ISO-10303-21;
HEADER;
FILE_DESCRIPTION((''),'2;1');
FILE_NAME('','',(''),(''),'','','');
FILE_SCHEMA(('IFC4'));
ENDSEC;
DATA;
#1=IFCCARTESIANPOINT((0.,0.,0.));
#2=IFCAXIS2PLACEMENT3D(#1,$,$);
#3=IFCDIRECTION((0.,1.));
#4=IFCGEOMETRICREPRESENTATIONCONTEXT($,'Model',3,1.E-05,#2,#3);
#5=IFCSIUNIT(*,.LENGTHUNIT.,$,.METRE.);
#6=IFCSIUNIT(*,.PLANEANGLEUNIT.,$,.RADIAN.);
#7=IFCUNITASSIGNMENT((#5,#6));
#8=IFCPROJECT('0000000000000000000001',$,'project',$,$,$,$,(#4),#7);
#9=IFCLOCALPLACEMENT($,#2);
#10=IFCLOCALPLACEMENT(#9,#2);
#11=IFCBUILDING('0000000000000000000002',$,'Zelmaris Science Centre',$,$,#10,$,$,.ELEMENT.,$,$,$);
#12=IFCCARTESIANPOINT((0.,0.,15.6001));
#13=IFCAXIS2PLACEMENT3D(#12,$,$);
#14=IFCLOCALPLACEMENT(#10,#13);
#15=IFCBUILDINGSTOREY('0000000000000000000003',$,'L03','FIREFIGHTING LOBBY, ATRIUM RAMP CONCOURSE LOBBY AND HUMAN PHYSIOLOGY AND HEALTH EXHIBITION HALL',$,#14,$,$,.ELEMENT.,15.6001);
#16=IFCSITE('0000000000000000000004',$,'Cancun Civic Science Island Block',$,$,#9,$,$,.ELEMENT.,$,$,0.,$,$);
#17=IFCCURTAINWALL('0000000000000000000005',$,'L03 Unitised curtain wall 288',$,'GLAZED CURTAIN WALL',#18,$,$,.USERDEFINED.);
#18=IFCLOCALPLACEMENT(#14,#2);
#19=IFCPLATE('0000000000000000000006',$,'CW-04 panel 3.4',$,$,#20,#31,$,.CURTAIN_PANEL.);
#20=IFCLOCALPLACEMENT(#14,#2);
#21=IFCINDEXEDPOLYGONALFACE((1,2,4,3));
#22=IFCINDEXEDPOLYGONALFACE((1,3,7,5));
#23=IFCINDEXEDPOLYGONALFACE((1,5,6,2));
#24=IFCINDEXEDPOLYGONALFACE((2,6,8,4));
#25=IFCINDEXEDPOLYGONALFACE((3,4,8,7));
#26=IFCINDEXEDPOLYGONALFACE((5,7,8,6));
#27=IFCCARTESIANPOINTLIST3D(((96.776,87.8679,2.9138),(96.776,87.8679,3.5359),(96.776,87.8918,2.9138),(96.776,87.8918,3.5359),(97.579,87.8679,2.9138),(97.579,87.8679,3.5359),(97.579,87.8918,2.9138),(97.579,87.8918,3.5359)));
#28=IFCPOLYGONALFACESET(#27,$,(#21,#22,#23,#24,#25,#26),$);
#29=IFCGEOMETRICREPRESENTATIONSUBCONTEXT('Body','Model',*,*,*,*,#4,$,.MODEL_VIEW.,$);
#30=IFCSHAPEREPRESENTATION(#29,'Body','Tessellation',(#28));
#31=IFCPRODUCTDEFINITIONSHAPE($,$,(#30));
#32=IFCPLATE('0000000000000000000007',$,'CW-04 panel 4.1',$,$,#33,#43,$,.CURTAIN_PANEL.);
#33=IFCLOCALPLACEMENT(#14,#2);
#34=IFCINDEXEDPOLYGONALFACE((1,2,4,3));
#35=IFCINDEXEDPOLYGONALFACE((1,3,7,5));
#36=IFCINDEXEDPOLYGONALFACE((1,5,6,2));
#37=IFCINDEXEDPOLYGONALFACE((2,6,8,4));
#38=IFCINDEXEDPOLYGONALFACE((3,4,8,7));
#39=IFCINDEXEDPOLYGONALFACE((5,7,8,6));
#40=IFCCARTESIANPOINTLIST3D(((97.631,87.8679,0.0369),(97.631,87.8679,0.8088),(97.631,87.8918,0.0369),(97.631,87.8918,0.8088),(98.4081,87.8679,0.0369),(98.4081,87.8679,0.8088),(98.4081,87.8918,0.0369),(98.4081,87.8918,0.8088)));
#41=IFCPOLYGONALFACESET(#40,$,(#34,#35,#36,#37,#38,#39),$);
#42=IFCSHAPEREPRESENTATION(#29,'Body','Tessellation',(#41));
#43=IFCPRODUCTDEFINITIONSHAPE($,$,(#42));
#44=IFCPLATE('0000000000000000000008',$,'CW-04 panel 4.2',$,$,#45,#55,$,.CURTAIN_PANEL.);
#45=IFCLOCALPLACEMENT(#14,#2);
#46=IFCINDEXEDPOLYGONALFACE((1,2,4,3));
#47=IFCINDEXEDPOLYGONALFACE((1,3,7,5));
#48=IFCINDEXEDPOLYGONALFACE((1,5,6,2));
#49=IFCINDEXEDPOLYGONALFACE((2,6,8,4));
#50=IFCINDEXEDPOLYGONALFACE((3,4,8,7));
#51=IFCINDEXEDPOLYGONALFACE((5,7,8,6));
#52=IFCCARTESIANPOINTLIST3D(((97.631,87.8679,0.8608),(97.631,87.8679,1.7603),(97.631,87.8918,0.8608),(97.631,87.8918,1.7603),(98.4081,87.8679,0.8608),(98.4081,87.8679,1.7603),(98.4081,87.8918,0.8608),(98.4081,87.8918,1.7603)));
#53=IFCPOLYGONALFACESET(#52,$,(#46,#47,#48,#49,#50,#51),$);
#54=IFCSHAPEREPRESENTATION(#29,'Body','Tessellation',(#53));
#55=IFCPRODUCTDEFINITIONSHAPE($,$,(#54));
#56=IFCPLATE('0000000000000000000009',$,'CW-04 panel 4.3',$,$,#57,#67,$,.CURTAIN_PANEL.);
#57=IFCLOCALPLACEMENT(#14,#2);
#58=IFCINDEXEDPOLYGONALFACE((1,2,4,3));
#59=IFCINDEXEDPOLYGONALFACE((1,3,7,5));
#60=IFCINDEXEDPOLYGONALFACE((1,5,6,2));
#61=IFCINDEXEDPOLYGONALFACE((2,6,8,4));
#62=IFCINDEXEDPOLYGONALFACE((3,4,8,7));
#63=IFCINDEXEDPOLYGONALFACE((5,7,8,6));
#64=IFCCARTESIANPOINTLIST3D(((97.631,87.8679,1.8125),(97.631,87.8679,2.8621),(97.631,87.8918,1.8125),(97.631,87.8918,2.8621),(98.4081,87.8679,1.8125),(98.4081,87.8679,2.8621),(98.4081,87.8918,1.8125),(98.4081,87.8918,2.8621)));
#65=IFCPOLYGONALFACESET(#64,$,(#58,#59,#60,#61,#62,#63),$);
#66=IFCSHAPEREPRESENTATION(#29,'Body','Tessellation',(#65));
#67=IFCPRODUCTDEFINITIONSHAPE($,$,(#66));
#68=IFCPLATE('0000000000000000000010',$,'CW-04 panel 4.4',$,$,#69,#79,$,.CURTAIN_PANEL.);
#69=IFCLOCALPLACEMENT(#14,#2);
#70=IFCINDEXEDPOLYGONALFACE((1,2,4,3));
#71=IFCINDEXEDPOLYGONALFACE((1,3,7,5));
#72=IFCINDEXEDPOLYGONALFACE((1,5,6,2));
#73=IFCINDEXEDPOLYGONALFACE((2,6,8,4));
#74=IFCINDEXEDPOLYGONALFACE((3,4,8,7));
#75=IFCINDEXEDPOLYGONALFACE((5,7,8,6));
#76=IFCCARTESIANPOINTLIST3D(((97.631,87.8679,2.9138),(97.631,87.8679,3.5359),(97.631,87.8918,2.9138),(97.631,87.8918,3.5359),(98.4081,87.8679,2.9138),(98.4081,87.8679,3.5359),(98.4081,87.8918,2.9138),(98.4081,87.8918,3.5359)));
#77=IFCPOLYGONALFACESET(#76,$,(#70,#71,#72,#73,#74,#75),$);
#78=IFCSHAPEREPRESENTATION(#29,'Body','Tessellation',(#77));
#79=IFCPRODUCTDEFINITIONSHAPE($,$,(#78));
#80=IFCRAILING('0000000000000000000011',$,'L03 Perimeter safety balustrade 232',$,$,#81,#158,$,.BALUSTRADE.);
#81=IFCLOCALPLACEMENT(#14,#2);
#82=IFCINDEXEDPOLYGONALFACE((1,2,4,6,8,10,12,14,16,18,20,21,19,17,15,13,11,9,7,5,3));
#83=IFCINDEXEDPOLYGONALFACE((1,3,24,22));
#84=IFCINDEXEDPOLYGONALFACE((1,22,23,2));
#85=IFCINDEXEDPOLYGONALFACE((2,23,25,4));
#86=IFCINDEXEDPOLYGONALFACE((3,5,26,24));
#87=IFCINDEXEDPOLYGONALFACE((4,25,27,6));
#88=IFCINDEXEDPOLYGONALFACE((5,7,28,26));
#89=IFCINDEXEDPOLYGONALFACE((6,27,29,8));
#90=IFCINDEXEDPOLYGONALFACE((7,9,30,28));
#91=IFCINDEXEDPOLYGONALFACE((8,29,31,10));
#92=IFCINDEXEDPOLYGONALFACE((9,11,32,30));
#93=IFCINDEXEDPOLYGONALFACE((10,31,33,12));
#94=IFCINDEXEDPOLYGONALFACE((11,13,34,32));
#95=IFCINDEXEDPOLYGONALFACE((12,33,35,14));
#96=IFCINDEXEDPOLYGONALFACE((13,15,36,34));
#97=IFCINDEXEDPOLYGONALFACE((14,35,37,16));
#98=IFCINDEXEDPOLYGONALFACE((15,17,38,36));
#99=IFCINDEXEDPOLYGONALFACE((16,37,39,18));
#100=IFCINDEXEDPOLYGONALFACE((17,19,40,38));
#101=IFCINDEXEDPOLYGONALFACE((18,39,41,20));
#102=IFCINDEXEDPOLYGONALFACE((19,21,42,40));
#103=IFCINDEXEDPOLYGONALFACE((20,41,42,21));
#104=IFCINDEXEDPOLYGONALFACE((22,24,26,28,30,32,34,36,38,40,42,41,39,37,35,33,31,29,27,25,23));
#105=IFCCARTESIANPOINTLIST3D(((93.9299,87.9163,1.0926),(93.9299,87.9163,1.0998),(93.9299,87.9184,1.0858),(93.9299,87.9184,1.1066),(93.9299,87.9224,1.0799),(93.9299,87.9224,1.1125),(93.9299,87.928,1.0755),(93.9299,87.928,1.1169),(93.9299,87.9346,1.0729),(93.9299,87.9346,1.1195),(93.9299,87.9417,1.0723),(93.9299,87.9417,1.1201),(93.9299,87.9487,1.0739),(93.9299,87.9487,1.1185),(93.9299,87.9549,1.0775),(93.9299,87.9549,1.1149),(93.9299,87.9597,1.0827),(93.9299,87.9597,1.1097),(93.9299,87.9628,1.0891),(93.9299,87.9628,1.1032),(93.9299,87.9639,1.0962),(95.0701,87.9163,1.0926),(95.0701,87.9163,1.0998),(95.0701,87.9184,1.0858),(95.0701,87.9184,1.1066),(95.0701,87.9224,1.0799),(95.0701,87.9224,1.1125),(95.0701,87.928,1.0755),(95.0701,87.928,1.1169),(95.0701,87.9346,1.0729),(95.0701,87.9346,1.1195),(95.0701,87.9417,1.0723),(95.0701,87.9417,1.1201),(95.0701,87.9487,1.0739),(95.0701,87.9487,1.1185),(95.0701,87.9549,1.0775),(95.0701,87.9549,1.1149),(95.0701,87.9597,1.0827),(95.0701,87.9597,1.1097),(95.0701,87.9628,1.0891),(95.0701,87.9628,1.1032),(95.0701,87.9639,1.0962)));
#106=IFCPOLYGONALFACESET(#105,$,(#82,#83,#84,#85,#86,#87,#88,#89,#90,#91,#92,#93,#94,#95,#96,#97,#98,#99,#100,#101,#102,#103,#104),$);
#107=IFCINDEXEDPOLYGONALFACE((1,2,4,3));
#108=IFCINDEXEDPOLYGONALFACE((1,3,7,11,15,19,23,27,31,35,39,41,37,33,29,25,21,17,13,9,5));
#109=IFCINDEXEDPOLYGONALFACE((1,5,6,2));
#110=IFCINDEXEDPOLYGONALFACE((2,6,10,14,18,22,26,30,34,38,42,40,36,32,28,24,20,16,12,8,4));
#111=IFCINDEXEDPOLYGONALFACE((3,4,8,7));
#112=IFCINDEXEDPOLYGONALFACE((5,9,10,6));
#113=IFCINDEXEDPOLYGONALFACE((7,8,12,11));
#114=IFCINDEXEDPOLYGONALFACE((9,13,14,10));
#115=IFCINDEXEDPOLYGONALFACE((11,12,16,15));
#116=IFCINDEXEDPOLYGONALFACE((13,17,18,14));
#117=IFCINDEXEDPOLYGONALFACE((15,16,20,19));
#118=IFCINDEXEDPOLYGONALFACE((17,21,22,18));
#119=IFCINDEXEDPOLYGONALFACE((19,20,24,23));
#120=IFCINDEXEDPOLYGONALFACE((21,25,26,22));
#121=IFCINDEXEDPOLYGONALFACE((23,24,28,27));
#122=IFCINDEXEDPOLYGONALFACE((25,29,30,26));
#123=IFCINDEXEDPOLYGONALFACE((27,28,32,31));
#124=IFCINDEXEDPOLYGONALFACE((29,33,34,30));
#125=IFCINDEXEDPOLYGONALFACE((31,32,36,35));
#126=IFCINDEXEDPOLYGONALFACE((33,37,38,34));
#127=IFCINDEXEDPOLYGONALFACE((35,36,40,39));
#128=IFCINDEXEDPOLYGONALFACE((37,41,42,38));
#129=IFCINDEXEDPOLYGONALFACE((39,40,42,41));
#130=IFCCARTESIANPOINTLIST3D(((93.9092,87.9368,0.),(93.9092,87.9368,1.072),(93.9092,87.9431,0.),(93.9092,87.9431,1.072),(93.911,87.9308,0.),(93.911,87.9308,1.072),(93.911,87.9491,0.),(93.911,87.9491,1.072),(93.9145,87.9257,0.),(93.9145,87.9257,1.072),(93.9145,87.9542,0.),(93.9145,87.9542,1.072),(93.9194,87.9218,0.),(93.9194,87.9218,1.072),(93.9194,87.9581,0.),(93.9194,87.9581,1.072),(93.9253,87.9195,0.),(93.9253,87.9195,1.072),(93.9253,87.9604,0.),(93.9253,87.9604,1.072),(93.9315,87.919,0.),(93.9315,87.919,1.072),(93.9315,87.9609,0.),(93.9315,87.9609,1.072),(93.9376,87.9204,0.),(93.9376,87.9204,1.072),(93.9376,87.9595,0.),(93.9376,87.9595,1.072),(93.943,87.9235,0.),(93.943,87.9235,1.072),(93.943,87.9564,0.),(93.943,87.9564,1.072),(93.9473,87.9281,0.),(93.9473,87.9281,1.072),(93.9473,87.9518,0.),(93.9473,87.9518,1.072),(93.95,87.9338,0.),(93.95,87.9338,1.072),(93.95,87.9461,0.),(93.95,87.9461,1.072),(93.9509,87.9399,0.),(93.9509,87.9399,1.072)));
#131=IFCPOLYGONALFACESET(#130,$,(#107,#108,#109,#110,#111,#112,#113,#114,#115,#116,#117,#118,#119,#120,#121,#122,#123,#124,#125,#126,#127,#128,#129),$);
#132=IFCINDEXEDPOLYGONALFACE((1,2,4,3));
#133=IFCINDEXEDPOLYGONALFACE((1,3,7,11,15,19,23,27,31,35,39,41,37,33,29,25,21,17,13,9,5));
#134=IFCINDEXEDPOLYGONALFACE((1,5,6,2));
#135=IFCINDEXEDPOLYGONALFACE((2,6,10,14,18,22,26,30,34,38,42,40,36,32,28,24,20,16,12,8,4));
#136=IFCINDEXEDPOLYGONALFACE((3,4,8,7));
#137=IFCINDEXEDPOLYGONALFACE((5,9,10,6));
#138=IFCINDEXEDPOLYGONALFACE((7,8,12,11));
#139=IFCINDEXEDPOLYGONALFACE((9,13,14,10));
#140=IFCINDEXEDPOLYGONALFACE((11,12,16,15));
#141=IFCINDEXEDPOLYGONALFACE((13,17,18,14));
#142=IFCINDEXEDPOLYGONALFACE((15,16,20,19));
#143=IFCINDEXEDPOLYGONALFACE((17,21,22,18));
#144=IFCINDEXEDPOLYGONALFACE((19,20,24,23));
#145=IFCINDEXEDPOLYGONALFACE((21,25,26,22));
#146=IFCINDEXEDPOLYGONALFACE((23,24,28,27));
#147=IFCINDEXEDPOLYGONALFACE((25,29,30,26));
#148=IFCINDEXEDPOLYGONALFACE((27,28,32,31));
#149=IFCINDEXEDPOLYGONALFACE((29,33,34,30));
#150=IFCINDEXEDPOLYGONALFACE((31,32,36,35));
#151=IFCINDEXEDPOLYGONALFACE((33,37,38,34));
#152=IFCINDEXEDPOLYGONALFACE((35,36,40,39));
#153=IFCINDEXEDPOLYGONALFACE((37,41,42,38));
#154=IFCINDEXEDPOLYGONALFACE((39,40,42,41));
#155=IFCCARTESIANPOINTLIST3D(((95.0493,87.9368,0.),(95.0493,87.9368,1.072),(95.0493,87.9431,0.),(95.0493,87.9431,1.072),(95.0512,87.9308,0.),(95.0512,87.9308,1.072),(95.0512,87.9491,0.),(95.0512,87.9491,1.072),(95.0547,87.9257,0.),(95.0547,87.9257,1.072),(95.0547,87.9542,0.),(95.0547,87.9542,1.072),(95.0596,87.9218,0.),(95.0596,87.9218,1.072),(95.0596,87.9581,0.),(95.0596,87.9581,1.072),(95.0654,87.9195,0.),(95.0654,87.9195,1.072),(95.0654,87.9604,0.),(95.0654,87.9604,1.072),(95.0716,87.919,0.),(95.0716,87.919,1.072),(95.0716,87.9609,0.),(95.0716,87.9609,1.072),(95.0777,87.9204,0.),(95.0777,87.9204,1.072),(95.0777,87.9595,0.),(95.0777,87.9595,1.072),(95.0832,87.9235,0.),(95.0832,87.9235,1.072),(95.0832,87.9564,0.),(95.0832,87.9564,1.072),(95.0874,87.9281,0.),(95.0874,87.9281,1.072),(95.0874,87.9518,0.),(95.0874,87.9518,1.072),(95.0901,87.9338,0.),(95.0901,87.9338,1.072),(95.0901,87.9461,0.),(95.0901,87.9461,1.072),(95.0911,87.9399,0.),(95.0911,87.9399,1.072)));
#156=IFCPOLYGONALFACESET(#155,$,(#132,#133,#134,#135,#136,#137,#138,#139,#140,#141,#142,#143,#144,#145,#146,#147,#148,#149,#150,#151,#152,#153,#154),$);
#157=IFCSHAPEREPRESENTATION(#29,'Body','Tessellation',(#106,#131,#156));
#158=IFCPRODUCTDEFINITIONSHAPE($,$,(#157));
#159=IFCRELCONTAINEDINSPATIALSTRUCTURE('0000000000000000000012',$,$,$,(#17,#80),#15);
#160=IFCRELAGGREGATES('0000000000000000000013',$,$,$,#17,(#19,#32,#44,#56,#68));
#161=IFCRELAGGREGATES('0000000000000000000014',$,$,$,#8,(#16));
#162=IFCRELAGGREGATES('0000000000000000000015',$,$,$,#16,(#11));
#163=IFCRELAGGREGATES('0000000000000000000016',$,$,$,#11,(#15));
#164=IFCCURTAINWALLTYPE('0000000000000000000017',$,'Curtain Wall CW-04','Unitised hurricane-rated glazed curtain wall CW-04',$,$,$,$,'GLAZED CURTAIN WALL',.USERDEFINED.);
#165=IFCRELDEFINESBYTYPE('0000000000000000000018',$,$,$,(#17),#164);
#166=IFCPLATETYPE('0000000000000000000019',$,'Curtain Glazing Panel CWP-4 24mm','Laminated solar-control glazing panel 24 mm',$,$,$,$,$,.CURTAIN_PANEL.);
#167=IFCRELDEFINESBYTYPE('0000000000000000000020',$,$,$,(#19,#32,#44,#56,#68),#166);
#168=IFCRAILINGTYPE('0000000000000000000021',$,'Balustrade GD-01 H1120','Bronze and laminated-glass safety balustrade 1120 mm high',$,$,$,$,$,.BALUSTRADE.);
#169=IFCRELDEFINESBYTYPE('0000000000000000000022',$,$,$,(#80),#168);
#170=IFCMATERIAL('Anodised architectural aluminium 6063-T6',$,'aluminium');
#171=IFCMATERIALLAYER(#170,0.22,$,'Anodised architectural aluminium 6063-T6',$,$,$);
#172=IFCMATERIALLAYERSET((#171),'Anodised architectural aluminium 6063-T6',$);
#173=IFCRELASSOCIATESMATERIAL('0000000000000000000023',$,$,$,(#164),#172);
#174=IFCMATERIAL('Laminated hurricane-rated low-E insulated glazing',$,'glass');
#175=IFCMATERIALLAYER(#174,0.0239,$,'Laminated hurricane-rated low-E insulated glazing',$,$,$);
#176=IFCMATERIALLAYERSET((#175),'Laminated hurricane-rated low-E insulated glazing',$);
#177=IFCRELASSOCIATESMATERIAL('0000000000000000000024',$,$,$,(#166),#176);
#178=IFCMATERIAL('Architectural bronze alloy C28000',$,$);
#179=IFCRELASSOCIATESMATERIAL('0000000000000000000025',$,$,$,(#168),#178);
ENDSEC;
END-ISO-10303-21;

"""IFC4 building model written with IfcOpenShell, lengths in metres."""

from ifc_helpers import new_model, si_unit, direction, frame, origin, origin_2d, place, context, subcontext, project, spatial, rectangle, circle, extrude, material, layer, layer_set, type_object, element, aggregate, save


model = new_model("IFC4")

# Units and contexts
model_context = context("Model", 3, precision=1e-05, world=origin(), true_north=direction((0.0, 1.0)))
body_context = subcontext(model_context, "Body", "Model", "MODEL_VIEW")
ifc_project = project(units=[si_unit("LENGTHUNIT", "METRE"), si_unit("PLANEANGLEUNIT", "RADIAN")], contexts=[model_context])

# Site, building, storey
site_placement = place(None, origin())
site = spatial("IfcSite", under=ifc_project, at=site_placement, Name="Cancun Civic Science Island Block", CompositionType="ELEMENT", RefElevation=0.0)
building_placement = place(site_placement, origin())
building = spatial("IfcBuilding", under=site, at=building_placement, Name="Zelmaris Science Centre", CompositionType="ELEMENT")
storey_placement = place(building_placement, frame((0.0, 0.0, 15.6001)))
storey = spatial("IfcBuildingStorey", under=building, at=storey_placement, Name="L03", Description="FIREFIGHTING LOBBY, ATRIUM RAMP CONCOURSE LOBBY AND HUMAN PHYSIOLOGY AND HEALTH EXHIBITION HALL", CompositionType="ELEMENT", Elevation=15.6001)

# Curtain wall
ifc_material_1 = material(Name="Anodised architectural aluminium 6063-T6", Category="aluminium")
ifc_layer_1 = layer(ifc_material_1, 0.22, Name="Anodised architectural aluminium 6063-T6")
ifc_layer_set_1 = layer_set([ifc_layer_1], Name="Anodised architectural aluminium 6063-T6")
curtain_wall_type_1 = type_object("IfcCurtainWallType", Name="Curtain Wall CW-04", Description="Unitised hurricane-rated glazed curtain wall CW-04", ElementType="GLAZED CURTAIN WALL", PredefinedType="USERDEFINED", material=ifc_layer_set_1)
curtain_wall_1_placement = place(storey_placement, origin())
curtain_wall_1 = element("IfcCurtainWall", 1, at=curtain_wall_1_placement, inside=storey, type_object=curtain_wall_type_1, Name="L03 Unitised curtain wall 288", ObjectType="GLAZED CURTAIN WALL", PredefinedType="USERDEFINED")

# Plates
ifc_material_2 = material(Name="Laminated hurricane-rated low-E insulated glazing", Category="glass")
ifc_layer_2 = layer(ifc_material_2, 0.0239, Name="Laminated hurricane-rated low-E insulated glazing")
ifc_layer_set_2 = layer_set([ifc_layer_2], Name="Laminated hurricane-rated low-E insulated glazing")
plate_type = type_object("IfcPlateType", Name="Curtain Glazing Panel CWP-4 24mm", Description="Laminated solar-control glazing panel 24 mm", PredefinedType="CURTAIN_PANEL", material=ifc_layer_set_2)
plate_1_placement = place(storey_placement, frame((97.1775, 87.8799, 2.9138), z_axis=(0.0, 0.0, 1.0), x_axis=(1.0, 0.0, 0.0)))
plate_1 = element("IfcPlate", 2, at=plate_1_placement, type_object=plate_type, Name="CW-04 panel 3.4", PredefinedType="CURTAIN_PANEL", context=body_context, shape_type="SweptSolid", body=[
    extrude(rectangle(XDim=0.803, YDim=0.0239, at=origin_2d()), origin(), (0.0, 0.0, 1.0), 0.6221),
])
plate_2_placement = place(storey_placement, frame((98.0195, 87.8799, 0.0369), z_axis=(0.0, 0.0, 1.0), x_axis=(1.0, 0.0, 0.0)))
plate_2 = element("IfcPlate", 3, at=plate_2_placement, type_object=plate_type, Name="CW-04 panel 4.1", PredefinedType="CURTAIN_PANEL", context=body_context, shape_type="SweptSolid", body=[
    extrude(rectangle(XDim=0.7771, YDim=0.0239, at=origin_2d()), origin(), (0.0, 0.0, 1.0), 0.772),
])
plate_3_placement = place(storey_placement, frame((98.0195, 87.8799, 0.8608), z_axis=(0.0, 0.0, 1.0), x_axis=(1.0, 0.0, 0.0)))
plate_3 = element("IfcPlate", 4, at=plate_3_placement, type_object=plate_type, Name="CW-04 panel 4.2", PredefinedType="CURTAIN_PANEL", context=body_context, shape_type="SweptSolid", body=[
    extrude(rectangle(XDim=0.7771, YDim=0.0239, at=origin_2d()), origin(), (0.0, 0.0, 1.0), 0.8994),
])
plate_4_placement = place(storey_placement, frame((98.0195, 87.8799, 1.8125), z_axis=(0.0, 0.0, 1.0), x_axis=(1.0, 0.0, 0.0)))
plate_4 = element("IfcPlate", 5, at=plate_4_placement, type_object=plate_type, Name="CW-04 panel 4.3", PredefinedType="CURTAIN_PANEL", context=body_context, shape_type="SweptSolid", body=[
    extrude(rectangle(XDim=0.7771, YDim=0.0239, at=origin_2d()), origin(), (0.0, 0.0, 1.0), 1.0496),
])
plate_5_placement = place(storey_placement, frame((98.0195, 87.8799, 2.9138), z_axis=(0.0, 0.0, 1.0), x_axis=(1.0, 0.0, 0.0)))
plate_5 = element("IfcPlate", 6, at=plate_5_placement, type_object=plate_type, Name="CW-04 panel 4.4", PredefinedType="CURTAIN_PANEL", context=body_context, shape_type="SweptSolid", body=[
    extrude(rectangle(XDim=0.7771, YDim=0.0239, at=origin_2d()), origin(), (0.0, 0.0, 1.0), 0.6221),
])
aggregate(curtain_wall_1, [plate_1, plate_2, plate_3, plate_4, plate_5])

# Railing
ifc_material_3 = material(Name="Architectural bronze alloy C28000")
railing_type = type_object("IfcRailingType", Name="Balustrade GD-01 H1120", Description="Bronze and laminated-glass safety balustrade 1120 mm high", PredefinedType="BALUSTRADE", material=ifc_material_3)
railing_placement = place(storey_placement, frame((93.9299, 87.9399, 0.0)))
element("IfcRailing", 7, at=railing_placement, inside=storey, type_object=railing_type, Name="L03 Perimeter safety balustrade 232", PredefinedType="BALUSTRADE", context=body_context, shape_type="SweptSolid", body=[
    extrude(circle(Radius=0.0239, at=origin_2d()), frame((0.0, 0.0, 1.0962), z_axis=(1.0, 0.0, 0.0), x_axis=(0.0, 1.0, 0.0)), (0.0, 0.0, 1.0), 1.1401),
    extrude(circle(Radius=0.021, at=origin_2d()), origin(), (0.0, 0.0, 1.0), 1.072),
    extrude(circle(Radius=0.021, at=origin_2d()), frame((1.1401, 0.0, 0.0)), (0.0, 0.0, 1.0), 1.072),
])

save(model, "model.ifc")
